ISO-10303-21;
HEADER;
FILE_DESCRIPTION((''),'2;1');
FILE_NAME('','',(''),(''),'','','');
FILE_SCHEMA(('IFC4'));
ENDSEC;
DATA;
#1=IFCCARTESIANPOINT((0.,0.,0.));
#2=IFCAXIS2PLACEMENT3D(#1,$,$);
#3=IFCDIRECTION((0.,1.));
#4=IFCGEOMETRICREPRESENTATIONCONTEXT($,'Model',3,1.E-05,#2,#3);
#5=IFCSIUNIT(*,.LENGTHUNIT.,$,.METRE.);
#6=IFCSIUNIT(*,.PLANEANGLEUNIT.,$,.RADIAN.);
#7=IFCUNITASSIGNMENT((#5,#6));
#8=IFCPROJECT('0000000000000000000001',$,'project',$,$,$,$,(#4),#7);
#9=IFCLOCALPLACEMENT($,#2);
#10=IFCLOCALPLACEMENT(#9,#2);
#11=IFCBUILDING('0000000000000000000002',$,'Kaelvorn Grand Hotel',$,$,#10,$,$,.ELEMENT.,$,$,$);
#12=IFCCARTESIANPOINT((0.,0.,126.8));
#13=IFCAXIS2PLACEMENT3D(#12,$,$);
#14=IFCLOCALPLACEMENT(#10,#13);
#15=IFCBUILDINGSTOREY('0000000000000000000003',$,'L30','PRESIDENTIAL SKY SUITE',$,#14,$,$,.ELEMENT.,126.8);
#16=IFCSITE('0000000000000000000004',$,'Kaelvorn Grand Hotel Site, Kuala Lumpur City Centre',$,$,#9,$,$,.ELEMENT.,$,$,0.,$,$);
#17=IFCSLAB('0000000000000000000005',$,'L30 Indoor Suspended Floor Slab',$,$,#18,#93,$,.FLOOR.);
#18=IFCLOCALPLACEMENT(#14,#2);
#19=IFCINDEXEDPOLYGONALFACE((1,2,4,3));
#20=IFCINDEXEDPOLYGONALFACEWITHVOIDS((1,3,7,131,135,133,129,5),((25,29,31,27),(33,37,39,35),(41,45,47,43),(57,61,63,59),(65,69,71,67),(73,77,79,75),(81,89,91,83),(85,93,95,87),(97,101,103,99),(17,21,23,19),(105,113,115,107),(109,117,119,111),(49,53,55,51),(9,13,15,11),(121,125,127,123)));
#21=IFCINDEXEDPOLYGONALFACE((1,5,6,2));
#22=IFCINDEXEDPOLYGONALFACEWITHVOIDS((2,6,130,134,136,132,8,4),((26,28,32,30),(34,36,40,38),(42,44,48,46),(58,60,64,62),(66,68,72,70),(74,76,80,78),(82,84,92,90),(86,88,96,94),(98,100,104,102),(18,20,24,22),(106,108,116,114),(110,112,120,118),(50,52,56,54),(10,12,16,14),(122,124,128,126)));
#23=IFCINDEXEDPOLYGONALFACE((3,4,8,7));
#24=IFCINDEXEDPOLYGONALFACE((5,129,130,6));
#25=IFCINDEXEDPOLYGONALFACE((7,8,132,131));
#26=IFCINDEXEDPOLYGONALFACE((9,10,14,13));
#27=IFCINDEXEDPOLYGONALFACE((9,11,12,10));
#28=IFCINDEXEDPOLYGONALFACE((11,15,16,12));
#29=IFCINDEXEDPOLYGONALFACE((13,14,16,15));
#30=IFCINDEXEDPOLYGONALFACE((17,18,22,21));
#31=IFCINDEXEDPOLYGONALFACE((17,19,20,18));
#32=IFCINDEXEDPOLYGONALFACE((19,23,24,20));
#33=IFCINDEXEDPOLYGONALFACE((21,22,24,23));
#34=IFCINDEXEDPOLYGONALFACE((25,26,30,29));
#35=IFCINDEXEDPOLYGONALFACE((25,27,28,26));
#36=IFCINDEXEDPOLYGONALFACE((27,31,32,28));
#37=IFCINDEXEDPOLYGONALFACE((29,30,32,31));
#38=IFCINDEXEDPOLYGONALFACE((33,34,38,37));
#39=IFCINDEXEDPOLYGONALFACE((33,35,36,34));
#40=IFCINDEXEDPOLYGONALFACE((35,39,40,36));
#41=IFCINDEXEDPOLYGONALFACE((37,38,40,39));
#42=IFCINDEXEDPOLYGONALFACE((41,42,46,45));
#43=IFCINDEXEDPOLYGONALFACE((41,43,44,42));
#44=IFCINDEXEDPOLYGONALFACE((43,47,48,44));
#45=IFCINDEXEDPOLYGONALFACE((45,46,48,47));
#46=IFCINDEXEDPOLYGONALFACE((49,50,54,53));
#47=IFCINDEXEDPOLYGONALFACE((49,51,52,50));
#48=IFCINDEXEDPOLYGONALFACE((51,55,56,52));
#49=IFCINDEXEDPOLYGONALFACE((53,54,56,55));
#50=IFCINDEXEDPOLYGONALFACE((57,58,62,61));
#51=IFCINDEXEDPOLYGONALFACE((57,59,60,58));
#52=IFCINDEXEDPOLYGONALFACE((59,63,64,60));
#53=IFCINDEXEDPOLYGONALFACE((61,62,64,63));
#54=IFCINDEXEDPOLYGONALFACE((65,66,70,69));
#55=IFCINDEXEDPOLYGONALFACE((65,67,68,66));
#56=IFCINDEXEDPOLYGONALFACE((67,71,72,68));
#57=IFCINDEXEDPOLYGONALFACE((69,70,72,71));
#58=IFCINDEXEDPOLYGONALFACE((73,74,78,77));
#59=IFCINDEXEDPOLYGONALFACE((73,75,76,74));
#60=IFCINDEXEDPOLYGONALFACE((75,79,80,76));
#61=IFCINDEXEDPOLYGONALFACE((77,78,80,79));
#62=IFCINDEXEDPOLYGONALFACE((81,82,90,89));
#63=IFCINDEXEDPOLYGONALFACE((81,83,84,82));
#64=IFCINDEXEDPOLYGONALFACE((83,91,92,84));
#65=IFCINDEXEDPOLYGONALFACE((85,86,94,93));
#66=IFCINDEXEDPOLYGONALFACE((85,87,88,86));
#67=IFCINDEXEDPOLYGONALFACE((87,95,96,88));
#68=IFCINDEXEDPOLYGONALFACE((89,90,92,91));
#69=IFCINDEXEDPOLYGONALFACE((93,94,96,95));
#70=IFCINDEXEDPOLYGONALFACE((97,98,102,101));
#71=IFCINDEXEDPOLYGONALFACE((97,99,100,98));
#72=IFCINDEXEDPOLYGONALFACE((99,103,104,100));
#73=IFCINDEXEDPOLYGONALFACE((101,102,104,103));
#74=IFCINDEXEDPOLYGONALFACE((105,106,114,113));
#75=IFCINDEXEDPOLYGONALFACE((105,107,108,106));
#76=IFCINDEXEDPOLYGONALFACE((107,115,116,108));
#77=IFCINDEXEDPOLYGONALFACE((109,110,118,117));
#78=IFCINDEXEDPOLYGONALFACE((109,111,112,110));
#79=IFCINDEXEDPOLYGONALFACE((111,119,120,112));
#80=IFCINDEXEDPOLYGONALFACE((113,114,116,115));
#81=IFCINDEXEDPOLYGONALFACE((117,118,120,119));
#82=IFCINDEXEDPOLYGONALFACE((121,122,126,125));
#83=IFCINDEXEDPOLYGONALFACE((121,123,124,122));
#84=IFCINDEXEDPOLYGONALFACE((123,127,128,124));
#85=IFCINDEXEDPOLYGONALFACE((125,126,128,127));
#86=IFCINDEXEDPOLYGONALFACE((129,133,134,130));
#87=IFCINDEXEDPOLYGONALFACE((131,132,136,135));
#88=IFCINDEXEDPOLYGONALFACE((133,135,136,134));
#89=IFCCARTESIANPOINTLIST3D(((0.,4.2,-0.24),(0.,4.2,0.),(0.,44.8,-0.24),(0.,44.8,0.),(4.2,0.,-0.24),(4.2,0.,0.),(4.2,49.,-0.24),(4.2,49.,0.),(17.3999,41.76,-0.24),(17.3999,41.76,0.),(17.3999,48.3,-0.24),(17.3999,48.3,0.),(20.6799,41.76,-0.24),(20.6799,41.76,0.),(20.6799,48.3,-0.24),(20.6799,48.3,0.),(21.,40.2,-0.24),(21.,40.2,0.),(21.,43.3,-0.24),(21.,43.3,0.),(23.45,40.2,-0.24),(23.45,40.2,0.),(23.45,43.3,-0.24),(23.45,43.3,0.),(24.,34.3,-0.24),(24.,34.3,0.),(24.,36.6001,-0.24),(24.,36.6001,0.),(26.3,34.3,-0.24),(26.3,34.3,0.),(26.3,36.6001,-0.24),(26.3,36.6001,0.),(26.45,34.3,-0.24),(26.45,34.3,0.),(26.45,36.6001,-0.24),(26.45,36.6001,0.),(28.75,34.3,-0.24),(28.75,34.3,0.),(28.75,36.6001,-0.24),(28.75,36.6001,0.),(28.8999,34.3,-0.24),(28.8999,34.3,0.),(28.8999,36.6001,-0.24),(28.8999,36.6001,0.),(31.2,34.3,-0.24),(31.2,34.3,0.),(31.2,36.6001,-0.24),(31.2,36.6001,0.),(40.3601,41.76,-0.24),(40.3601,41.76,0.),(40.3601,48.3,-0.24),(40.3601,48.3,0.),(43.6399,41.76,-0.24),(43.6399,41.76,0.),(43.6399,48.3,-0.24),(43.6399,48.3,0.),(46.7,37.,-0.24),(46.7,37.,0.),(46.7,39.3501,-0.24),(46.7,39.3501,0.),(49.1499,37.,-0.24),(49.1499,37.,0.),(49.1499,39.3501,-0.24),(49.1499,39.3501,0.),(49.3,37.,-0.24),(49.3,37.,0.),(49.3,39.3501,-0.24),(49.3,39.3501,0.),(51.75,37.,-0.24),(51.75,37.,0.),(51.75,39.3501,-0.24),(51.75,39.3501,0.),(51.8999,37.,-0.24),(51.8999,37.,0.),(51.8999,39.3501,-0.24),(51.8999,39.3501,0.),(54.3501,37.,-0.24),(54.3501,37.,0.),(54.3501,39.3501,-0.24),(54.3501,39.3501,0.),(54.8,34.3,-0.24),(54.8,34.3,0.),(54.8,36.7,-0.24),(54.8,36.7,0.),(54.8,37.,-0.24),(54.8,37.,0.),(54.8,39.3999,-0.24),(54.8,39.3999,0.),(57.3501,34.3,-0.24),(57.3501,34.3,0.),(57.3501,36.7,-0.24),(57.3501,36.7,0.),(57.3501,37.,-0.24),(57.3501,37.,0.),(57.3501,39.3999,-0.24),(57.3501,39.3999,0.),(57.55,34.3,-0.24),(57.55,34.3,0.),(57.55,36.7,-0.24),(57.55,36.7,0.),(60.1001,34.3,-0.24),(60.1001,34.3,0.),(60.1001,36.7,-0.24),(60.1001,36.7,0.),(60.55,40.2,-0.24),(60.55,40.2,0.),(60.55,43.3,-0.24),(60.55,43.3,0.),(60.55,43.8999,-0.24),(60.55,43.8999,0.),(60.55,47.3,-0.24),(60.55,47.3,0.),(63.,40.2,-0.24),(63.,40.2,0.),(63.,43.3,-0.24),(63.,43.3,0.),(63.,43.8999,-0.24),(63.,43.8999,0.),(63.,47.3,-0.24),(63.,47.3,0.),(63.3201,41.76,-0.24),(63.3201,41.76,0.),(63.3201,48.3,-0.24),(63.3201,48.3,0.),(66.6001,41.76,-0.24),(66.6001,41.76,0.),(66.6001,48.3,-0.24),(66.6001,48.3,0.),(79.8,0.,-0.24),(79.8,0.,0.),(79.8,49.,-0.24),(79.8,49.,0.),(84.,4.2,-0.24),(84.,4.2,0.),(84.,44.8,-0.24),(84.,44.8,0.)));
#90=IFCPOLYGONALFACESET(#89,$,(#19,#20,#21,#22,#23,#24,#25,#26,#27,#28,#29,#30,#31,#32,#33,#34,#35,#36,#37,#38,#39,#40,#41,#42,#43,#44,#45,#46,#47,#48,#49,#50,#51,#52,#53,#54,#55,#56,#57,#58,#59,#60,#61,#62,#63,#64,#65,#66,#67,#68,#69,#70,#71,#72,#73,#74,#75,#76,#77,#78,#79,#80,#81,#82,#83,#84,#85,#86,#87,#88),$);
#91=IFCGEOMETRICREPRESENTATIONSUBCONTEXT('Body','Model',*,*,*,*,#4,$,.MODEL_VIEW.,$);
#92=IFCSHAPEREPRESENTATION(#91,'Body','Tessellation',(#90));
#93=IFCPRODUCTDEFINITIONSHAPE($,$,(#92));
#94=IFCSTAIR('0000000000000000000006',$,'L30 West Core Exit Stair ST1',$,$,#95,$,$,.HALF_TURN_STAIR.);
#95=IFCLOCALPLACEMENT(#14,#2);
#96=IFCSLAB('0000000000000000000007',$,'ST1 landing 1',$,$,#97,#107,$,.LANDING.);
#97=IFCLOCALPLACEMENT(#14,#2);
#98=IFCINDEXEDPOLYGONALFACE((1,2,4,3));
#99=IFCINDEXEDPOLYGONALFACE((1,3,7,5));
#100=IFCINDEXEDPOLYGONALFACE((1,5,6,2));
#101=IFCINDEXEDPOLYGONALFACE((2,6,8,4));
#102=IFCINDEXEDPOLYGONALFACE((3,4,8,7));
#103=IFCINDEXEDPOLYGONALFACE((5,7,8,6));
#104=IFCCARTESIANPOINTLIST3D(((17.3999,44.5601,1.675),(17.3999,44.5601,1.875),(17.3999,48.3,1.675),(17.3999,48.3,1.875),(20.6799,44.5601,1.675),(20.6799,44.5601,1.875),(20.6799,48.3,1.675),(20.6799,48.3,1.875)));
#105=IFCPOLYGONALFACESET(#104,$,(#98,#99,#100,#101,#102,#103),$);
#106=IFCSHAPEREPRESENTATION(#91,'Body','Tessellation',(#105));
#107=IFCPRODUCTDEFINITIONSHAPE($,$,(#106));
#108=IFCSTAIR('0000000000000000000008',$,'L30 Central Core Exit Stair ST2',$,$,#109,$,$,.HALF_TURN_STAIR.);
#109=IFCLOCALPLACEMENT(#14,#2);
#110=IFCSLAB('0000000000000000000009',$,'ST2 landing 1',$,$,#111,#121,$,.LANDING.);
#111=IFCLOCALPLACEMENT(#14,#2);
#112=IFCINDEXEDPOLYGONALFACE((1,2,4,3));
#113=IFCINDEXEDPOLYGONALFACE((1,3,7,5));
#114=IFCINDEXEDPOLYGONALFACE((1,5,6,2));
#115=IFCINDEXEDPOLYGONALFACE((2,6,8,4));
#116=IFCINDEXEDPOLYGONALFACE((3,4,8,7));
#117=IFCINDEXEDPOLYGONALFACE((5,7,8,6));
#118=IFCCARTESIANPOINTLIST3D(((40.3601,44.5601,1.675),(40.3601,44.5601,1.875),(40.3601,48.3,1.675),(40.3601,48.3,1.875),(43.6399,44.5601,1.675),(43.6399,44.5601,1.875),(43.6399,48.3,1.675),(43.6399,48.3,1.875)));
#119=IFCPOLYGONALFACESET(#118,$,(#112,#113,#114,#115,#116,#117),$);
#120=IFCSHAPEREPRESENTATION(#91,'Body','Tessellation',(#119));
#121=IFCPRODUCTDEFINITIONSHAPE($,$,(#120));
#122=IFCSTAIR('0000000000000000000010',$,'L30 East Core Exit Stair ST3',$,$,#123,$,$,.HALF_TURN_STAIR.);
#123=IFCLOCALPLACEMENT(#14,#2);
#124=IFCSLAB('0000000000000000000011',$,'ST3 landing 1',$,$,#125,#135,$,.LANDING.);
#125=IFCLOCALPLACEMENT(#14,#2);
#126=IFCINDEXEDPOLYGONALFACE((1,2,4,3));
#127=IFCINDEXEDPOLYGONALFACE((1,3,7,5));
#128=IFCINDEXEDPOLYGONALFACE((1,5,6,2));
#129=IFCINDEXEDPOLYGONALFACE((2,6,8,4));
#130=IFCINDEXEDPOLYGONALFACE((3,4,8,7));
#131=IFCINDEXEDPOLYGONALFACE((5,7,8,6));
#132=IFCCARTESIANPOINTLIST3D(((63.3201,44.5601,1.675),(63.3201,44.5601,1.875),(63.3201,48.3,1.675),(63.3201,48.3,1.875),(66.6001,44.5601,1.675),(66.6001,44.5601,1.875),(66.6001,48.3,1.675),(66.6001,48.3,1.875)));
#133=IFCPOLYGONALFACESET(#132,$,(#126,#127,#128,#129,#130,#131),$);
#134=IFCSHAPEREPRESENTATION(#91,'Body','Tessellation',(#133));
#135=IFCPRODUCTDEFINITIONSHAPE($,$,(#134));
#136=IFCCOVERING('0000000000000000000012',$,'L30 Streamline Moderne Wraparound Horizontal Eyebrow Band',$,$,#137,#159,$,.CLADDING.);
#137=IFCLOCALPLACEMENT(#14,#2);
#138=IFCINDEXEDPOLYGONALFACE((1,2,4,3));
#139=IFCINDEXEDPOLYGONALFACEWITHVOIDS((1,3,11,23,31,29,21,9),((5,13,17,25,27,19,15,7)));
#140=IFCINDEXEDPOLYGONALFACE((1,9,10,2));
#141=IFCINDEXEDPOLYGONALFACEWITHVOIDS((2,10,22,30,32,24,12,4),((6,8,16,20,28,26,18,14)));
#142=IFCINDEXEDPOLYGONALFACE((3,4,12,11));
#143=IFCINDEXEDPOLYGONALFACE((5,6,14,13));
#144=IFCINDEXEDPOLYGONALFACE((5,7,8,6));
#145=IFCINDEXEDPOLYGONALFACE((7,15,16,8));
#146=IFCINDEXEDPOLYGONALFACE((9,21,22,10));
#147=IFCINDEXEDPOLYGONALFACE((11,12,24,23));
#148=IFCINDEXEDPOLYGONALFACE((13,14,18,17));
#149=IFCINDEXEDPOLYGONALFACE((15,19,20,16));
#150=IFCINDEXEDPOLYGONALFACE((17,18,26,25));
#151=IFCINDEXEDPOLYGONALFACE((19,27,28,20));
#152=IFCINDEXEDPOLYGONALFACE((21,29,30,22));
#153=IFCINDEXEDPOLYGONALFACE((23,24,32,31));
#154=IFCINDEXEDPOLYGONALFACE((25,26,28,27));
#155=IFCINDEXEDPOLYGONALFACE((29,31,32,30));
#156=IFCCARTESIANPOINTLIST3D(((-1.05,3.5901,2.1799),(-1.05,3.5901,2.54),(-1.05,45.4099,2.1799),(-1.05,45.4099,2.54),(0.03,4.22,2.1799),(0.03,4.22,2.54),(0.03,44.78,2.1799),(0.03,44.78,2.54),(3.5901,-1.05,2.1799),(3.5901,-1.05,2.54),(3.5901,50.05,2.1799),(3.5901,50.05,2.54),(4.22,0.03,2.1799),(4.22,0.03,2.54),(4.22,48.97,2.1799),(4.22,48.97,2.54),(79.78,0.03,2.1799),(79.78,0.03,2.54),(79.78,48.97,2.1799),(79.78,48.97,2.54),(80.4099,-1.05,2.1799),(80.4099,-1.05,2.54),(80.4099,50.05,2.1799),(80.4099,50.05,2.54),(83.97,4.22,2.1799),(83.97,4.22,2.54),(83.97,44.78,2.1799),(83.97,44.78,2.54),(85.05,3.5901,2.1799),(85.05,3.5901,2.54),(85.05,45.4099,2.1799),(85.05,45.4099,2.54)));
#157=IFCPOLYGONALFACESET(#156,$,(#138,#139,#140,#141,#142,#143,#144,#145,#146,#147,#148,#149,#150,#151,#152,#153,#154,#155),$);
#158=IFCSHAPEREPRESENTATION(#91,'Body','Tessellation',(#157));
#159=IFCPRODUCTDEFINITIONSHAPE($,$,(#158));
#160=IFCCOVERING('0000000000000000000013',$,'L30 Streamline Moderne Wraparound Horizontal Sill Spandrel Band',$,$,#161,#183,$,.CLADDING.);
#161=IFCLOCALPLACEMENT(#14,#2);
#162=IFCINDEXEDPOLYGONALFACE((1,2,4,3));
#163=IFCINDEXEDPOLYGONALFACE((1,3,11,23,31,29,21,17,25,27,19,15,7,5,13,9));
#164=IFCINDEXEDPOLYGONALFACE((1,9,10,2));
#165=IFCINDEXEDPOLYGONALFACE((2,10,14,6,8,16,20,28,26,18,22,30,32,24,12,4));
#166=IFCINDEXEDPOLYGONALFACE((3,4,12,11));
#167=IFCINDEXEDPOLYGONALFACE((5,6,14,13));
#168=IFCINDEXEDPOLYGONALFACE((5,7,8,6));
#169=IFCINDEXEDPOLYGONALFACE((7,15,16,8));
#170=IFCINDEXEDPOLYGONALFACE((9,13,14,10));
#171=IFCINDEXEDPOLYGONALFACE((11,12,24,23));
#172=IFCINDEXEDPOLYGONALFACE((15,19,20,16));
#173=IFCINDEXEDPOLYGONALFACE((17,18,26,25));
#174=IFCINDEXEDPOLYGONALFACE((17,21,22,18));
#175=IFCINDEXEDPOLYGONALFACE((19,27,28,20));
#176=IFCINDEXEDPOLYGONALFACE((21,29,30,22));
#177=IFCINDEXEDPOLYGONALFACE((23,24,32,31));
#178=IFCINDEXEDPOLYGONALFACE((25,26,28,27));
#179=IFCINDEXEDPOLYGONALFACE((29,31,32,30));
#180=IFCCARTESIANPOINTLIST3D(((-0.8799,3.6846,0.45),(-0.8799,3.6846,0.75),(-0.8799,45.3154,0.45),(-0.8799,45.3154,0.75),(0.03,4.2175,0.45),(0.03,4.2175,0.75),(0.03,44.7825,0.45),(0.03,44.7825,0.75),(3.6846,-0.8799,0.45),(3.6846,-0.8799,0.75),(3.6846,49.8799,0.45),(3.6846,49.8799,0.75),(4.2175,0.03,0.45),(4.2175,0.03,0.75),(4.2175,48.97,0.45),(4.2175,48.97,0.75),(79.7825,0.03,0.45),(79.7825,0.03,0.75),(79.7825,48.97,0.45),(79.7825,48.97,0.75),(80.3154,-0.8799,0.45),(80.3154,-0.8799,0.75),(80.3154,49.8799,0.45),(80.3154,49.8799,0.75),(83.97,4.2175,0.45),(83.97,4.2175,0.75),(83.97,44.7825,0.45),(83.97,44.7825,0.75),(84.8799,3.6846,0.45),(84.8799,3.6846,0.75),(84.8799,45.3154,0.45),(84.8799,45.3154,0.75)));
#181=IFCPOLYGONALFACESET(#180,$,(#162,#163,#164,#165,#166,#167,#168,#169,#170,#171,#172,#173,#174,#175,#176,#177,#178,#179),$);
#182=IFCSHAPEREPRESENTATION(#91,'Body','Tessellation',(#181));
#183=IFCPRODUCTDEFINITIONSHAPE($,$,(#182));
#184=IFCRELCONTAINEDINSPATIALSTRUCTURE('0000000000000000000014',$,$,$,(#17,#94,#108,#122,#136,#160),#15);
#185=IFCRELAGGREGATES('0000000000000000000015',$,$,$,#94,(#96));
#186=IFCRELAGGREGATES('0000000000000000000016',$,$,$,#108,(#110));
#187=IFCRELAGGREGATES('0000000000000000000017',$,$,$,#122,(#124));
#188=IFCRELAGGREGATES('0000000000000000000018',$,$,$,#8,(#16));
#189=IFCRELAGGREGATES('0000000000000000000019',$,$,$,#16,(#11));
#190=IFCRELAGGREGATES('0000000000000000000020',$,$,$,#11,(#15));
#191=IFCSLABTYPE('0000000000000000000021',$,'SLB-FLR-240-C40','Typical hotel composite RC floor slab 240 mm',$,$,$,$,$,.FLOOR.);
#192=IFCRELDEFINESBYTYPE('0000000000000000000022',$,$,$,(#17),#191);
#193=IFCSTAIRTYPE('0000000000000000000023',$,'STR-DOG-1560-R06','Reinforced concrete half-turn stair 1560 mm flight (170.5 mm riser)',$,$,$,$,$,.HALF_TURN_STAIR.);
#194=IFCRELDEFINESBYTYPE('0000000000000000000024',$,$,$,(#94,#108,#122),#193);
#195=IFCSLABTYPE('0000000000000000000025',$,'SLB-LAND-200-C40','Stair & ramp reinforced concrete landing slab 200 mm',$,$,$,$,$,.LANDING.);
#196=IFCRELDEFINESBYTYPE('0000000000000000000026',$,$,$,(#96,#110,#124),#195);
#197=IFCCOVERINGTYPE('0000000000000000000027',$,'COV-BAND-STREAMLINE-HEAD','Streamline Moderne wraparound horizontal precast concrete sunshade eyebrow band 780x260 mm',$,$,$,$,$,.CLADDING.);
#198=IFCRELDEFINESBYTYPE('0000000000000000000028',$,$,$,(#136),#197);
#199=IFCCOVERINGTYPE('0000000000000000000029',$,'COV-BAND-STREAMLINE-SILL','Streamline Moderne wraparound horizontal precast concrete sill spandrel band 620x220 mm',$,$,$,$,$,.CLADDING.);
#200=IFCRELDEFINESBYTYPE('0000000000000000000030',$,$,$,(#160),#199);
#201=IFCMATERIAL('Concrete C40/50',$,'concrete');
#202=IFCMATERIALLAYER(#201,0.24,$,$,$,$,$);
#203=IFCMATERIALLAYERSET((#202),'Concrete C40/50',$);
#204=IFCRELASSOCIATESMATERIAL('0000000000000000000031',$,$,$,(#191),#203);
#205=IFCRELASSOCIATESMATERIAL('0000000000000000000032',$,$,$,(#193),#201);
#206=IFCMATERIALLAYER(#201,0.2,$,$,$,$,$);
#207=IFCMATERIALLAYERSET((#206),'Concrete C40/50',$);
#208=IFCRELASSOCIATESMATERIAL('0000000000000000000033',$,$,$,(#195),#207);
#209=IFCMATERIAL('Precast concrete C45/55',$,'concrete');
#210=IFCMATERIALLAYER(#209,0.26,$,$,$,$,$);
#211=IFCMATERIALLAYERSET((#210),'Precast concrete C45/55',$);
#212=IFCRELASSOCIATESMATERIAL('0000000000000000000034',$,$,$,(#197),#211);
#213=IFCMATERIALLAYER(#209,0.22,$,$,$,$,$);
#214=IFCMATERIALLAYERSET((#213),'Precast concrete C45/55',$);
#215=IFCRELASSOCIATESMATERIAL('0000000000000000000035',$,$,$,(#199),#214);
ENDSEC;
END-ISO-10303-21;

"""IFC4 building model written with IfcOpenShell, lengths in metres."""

from ifc_helpers import new_model, si_unit, direction, frame, origin, place, context, subcontext, project, spatial, polyline, outline, extrude, material, layer, layer_set, type_object, element, aggregate, save


model = new_model("IFC4")

# Units and contexts
model_context = context("Model", 3, precision=1e-05, world=origin(), true_north=direction((0.0, 1.0)))
body_context = subcontext(model_context, "Body", "Model", "MODEL_VIEW")
ifc_project = project(units=[si_unit("LENGTHUNIT", "METRE"), si_unit("PLANEANGLEUNIT", "RADIAN")], contexts=[model_context])

# Site, building, storey
site_placement = place(None, origin())
site = spatial("IfcSite", under=ifc_project, at=site_placement, Name="Kaelvorn Grand Hotel Site, Kuala Lumpur City Centre", CompositionType="ELEMENT", RefElevation=0.0)
building_placement = place(site_placement, origin())
building = spatial("IfcBuilding", under=site, at=building_placement, Name="Kaelvorn Grand Hotel", CompositionType="ELEMENT")
storey_placement = place(building_placement, frame((0.0, 0.0, 126.8)))
storey = spatial("IfcBuildingStorey", under=building, at=storey_placement, Name="L30", Description="PRESIDENTIAL SKY SUITE", CompositionType="ELEMENT", Elevation=126.8)

# Slab
ifc_material_1 = material(Name="Concrete C40/50", Category="concrete")
ifc_layer_1 = layer(ifc_material_1, 0.24)
ifc_layer_set_1 = layer_set([ifc_layer_1], Name="Concrete C40/50")
slab_type_1 = type_object("IfcSlabType", Name="SLB-FLR-240-C40", Description="Typical hotel composite RC floor slab 240 mm", PredefinedType="FLOOR", material=ifc_layer_set_1)
slab_1_placement = place(storey_placement, frame((0.0, 0.0, -0.24)))
element("IfcSlab", 1, at=slab_1_placement, inside=storey, type_object=slab_type_1, Name="L30 Indoor Suspended Floor Slab", PredefinedType="FLOOR", context=body_context, shape_type="SweptSolid", body=[
    extrude(outline(polyline([(4.2, 0.0), (79.8, 0.0), (84.0, 4.2), (84.0, 44.8), (79.8, 49.0), (4.2, 49.0), (0.0, 44.8), (0.0, 4.2), (4.2, 0.0)]), holes=[polyline([(17.3999, 41.76), (17.3999, 48.3), (20.6799, 48.3), (20.6799, 41.76), (17.3999, 41.76)]), polyline([(40.3601, 41.76), (40.3601, 48.3), (43.6399, 48.3), (43.6399, 41.76), (40.3601, 41.76)]), polyline([(63.3201, 41.76), (63.3201, 48.3), (66.6001, 48.3), (66.6001, 41.76), (63.3201, 41.76)]), polyline([(24.0, 34.3), (24.0, 36.6001), (26.3, 36.6001), (26.3, 34.3), (24.0, 34.3)]), polyline([(26.45, 34.3), (26.45, 36.6001), (28.75, 36.6001), (28.75, 34.3), (26.45, 34.3)]), polyline([(28.8999, 34.3), (28.8999, 36.6001), (31.2, 36.6001), (31.2, 34.3), (28.8999, 34.3)]), polyline([(46.7, 37.0), (46.7, 39.3501), (49.1499, 39.3501), (49.1499, 37.0), (46.7, 37.0)]), polyline([(49.3, 37.0), (49.3, 39.3501), (51.75, 39.3501), (51.75, 37.0), (49.3, 37.0)]), polyline([(51.8999, 37.0), (51.8999, 39.3501), (54.3501, 39.3501), (54.3501, 37.0), (51.8999, 37.0)]), polyline([(54.8, 34.3), (54.8, 36.7), (57.3501, 36.7), (57.3501, 34.3), (54.8, 34.3)]), polyline([(57.55, 34.3), (57.55, 36.7), (60.1001, 36.7), (60.1001, 34.3), (57.55, 34.3)]), polyline([(54.8, 37.0), (54.8, 39.3999), (57.3501, 39.3999), (57.3501, 37.0), (54.8, 37.0)]), polyline([(21.0, 40.2), (21.0, 43.3), (23.45, 43.3), (23.45, 40.2), (21.0, 40.2)]), polyline([(60.55, 40.2), (60.55, 43.3), (63.0, 43.3), (63.0, 40.2), (60.55, 40.2)]), polyline([(60.55, 43.8999), (60.55, 47.3), (63.0, 47.3), (63.0, 43.8999), (60.55, 43.8999)])]), origin(), (0.0, 0.0, 1.0), 0.24),
])

# Stairs, slabs
stair_type = type_object("IfcStairType", Name="STR-DOG-1560-R06", Description="Reinforced concrete half-turn stair 1560 mm flight (170.5 mm riser)", PredefinedType="HALF_TURN_STAIR", material=ifc_material_1)
stair_1_placement = place(storey_placement, origin())
stair_1 = element("IfcStair", 2, at=stair_1_placement, inside=storey, type_object=stair_type, Name="L30 West Core Exit Stair ST1", PredefinedType="HALF_TURN_STAIR")
ifc_layer_2 = layer(ifc_material_1, 0.2)
ifc_layer_set_2 = layer_set([ifc_layer_2], Name="Concrete C40/50")
slab_type_2 = type_object("IfcSlabType", Name="SLB-LAND-200-C40", Description="Stair & ramp reinforced concrete landing slab 200 mm", PredefinedType="LANDING", material=ifc_layer_set_2)
slab_2_placement = place(storey_placement, frame((0.0, 0.0, 1.675)))
slab_2 = element("IfcSlab", 3, at=slab_2_placement, type_object=slab_type_2, Name="ST1 landing 1", PredefinedType="LANDING", context=body_context, shape_type="SweptSolid", body=[
    extrude(outline(polyline([(20.6799, 44.5601), (20.6799, 48.3), (17.3999, 48.3), (17.3999, 44.5601), (20.6799, 44.5601)])), origin(), (0.0, 0.0, 1.0), 0.2),
])
aggregate(stair_1, [slab_2])
stair_2_placement = place(storey_placement, origin())
stair_2 = element("IfcStair", 4, at=stair_2_placement, inside=storey, type_object=stair_type, Name="L30 Central Core Exit Stair ST2", PredefinedType="HALF_TURN_STAIR")
slab_3_placement = place(storey_placement, frame((0.0, 0.0, 1.675)))
slab_3 = element("IfcSlab", 5, at=slab_3_placement, type_object=slab_type_2, Name="ST2 landing 1", PredefinedType="LANDING", context=body_context, shape_type="SweptSolid", body=[
    extrude(outline(polyline([(43.6399, 44.5601), (43.6399, 48.3), (40.3601, 48.3), (40.3601, 44.5601), (43.6399, 44.5601)])), origin(), (0.0, 0.0, 1.0), 0.2),
])
aggregate(stair_2, [slab_3])
stair_3_placement = place(storey_placement, origin())
stair_3 = element("IfcStair", 6, at=stair_3_placement, inside=storey, type_object=stair_type, Name="L30 East Core Exit Stair ST3", PredefinedType="HALF_TURN_STAIR")
slab_4_placement = place(storey_placement, frame((0.0, 0.0, 1.675)))
slab_4 = element("IfcSlab", 7, at=slab_4_placement, type_object=slab_type_2, Name="ST3 landing 1", PredefinedType="LANDING", context=body_context, shape_type="SweptSolid", body=[
    extrude(outline(polyline([(66.6001, 44.5601), (66.6001, 48.3), (63.3201, 48.3), (63.3201, 44.5601), (66.6001, 44.5601)])), origin(), (0.0, 0.0, 1.0), 0.2),
])
aggregate(stair_3, [slab_4])

# Coverings
ifc_material_2 = material(Name="Precast concrete C45/55", Category="concrete")
ifc_layer_3 = layer(ifc_material_2, 0.26)
ifc_layer_set_3 = layer_set([ifc_layer_3], Name="Precast concrete C45/55")
covering_type_1 = type_object("IfcCoveringType", Name="COV-BAND-STREAMLINE-HEAD", Description="Streamline Moderne wraparound horizontal precast concrete sunshade eyebrow band 780x260 mm", PredefinedType="CLADDING", material=ifc_layer_set_3)
covering_1_placement = place(storey_placement, frame((0.0, 0.0, 2.1799)))
element("IfcCovering", 8, at=covering_1_placement, inside=storey, type_object=covering_type_1, Name="L30 Streamline Moderne Wraparound Horizontal Eyebrow Band", PredefinedType="CLADDING", context=body_context, shape_type="SweptSolid", body=[
    extrude(outline(polyline([(3.5901, -1.05), (80.4099, -1.05), (85.05, 3.5901), (85.05, 45.4099), (80.4099, 50.05), (3.5901, 50.05), (-1.05, 45.4099), (-1.05, 3.5901), (3.5901, -1.05)]), holes=[polyline([(4.22, 0.03), (79.78, 0.03), (83.97, 4.22), (83.97, 44.78), (79.78, 48.97), (4.22, 48.97), (0.03, 44.78), (0.03, 4.22), (4.22, 0.03)])]), origin(), (0.0, 0.0, 1.0), 0.3601),
])
ifc_layer_4 = layer(ifc_material_2, 0.22)
ifc_layer_set_4 = layer_set([ifc_layer_4], Name="Precast concrete C45/55")
covering_type_2 = type_object("IfcCoveringType", Name="COV-BAND-STREAMLINE-SILL", Description="Streamline Moderne wraparound horizontal precast concrete sill spandrel band 620x220 mm", PredefinedType="CLADDING", material=ifc_layer_set_4)
covering_2_placement = place(storey_placement, frame((0.0, 0.0, 0.45)))
element("IfcCovering", 9, at=covering_2_placement, inside=storey, type_object=covering_type_2, Name="L30 Streamline Moderne Wraparound Horizontal Sill Spandrel Band", PredefinedType="CLADDING", context=body_context, shape_type="SweptSolid", body=[
    extrude(outline(polyline([(80.3154, -0.8799), (84.8799, 3.6846), (84.8799, 45.3154), (80.3154, 49.8799), (3.6846, 49.8799), (-0.8799, 45.3154), (-0.8799, 3.6846), (3.6846, -0.8799), (4.2175, 0.03), (0.03, 4.2175), (0.03, 44.7825), (4.2175, 48.97), (79.7825, 48.97), (83.97, 44.7825), (83.97, 4.2175), (79.7825, 0.03), (80.3154, -0.8799)])), origin(), (0.0, 0.0, 1.0), 0.3),
])

save(model, "model.ifc")
